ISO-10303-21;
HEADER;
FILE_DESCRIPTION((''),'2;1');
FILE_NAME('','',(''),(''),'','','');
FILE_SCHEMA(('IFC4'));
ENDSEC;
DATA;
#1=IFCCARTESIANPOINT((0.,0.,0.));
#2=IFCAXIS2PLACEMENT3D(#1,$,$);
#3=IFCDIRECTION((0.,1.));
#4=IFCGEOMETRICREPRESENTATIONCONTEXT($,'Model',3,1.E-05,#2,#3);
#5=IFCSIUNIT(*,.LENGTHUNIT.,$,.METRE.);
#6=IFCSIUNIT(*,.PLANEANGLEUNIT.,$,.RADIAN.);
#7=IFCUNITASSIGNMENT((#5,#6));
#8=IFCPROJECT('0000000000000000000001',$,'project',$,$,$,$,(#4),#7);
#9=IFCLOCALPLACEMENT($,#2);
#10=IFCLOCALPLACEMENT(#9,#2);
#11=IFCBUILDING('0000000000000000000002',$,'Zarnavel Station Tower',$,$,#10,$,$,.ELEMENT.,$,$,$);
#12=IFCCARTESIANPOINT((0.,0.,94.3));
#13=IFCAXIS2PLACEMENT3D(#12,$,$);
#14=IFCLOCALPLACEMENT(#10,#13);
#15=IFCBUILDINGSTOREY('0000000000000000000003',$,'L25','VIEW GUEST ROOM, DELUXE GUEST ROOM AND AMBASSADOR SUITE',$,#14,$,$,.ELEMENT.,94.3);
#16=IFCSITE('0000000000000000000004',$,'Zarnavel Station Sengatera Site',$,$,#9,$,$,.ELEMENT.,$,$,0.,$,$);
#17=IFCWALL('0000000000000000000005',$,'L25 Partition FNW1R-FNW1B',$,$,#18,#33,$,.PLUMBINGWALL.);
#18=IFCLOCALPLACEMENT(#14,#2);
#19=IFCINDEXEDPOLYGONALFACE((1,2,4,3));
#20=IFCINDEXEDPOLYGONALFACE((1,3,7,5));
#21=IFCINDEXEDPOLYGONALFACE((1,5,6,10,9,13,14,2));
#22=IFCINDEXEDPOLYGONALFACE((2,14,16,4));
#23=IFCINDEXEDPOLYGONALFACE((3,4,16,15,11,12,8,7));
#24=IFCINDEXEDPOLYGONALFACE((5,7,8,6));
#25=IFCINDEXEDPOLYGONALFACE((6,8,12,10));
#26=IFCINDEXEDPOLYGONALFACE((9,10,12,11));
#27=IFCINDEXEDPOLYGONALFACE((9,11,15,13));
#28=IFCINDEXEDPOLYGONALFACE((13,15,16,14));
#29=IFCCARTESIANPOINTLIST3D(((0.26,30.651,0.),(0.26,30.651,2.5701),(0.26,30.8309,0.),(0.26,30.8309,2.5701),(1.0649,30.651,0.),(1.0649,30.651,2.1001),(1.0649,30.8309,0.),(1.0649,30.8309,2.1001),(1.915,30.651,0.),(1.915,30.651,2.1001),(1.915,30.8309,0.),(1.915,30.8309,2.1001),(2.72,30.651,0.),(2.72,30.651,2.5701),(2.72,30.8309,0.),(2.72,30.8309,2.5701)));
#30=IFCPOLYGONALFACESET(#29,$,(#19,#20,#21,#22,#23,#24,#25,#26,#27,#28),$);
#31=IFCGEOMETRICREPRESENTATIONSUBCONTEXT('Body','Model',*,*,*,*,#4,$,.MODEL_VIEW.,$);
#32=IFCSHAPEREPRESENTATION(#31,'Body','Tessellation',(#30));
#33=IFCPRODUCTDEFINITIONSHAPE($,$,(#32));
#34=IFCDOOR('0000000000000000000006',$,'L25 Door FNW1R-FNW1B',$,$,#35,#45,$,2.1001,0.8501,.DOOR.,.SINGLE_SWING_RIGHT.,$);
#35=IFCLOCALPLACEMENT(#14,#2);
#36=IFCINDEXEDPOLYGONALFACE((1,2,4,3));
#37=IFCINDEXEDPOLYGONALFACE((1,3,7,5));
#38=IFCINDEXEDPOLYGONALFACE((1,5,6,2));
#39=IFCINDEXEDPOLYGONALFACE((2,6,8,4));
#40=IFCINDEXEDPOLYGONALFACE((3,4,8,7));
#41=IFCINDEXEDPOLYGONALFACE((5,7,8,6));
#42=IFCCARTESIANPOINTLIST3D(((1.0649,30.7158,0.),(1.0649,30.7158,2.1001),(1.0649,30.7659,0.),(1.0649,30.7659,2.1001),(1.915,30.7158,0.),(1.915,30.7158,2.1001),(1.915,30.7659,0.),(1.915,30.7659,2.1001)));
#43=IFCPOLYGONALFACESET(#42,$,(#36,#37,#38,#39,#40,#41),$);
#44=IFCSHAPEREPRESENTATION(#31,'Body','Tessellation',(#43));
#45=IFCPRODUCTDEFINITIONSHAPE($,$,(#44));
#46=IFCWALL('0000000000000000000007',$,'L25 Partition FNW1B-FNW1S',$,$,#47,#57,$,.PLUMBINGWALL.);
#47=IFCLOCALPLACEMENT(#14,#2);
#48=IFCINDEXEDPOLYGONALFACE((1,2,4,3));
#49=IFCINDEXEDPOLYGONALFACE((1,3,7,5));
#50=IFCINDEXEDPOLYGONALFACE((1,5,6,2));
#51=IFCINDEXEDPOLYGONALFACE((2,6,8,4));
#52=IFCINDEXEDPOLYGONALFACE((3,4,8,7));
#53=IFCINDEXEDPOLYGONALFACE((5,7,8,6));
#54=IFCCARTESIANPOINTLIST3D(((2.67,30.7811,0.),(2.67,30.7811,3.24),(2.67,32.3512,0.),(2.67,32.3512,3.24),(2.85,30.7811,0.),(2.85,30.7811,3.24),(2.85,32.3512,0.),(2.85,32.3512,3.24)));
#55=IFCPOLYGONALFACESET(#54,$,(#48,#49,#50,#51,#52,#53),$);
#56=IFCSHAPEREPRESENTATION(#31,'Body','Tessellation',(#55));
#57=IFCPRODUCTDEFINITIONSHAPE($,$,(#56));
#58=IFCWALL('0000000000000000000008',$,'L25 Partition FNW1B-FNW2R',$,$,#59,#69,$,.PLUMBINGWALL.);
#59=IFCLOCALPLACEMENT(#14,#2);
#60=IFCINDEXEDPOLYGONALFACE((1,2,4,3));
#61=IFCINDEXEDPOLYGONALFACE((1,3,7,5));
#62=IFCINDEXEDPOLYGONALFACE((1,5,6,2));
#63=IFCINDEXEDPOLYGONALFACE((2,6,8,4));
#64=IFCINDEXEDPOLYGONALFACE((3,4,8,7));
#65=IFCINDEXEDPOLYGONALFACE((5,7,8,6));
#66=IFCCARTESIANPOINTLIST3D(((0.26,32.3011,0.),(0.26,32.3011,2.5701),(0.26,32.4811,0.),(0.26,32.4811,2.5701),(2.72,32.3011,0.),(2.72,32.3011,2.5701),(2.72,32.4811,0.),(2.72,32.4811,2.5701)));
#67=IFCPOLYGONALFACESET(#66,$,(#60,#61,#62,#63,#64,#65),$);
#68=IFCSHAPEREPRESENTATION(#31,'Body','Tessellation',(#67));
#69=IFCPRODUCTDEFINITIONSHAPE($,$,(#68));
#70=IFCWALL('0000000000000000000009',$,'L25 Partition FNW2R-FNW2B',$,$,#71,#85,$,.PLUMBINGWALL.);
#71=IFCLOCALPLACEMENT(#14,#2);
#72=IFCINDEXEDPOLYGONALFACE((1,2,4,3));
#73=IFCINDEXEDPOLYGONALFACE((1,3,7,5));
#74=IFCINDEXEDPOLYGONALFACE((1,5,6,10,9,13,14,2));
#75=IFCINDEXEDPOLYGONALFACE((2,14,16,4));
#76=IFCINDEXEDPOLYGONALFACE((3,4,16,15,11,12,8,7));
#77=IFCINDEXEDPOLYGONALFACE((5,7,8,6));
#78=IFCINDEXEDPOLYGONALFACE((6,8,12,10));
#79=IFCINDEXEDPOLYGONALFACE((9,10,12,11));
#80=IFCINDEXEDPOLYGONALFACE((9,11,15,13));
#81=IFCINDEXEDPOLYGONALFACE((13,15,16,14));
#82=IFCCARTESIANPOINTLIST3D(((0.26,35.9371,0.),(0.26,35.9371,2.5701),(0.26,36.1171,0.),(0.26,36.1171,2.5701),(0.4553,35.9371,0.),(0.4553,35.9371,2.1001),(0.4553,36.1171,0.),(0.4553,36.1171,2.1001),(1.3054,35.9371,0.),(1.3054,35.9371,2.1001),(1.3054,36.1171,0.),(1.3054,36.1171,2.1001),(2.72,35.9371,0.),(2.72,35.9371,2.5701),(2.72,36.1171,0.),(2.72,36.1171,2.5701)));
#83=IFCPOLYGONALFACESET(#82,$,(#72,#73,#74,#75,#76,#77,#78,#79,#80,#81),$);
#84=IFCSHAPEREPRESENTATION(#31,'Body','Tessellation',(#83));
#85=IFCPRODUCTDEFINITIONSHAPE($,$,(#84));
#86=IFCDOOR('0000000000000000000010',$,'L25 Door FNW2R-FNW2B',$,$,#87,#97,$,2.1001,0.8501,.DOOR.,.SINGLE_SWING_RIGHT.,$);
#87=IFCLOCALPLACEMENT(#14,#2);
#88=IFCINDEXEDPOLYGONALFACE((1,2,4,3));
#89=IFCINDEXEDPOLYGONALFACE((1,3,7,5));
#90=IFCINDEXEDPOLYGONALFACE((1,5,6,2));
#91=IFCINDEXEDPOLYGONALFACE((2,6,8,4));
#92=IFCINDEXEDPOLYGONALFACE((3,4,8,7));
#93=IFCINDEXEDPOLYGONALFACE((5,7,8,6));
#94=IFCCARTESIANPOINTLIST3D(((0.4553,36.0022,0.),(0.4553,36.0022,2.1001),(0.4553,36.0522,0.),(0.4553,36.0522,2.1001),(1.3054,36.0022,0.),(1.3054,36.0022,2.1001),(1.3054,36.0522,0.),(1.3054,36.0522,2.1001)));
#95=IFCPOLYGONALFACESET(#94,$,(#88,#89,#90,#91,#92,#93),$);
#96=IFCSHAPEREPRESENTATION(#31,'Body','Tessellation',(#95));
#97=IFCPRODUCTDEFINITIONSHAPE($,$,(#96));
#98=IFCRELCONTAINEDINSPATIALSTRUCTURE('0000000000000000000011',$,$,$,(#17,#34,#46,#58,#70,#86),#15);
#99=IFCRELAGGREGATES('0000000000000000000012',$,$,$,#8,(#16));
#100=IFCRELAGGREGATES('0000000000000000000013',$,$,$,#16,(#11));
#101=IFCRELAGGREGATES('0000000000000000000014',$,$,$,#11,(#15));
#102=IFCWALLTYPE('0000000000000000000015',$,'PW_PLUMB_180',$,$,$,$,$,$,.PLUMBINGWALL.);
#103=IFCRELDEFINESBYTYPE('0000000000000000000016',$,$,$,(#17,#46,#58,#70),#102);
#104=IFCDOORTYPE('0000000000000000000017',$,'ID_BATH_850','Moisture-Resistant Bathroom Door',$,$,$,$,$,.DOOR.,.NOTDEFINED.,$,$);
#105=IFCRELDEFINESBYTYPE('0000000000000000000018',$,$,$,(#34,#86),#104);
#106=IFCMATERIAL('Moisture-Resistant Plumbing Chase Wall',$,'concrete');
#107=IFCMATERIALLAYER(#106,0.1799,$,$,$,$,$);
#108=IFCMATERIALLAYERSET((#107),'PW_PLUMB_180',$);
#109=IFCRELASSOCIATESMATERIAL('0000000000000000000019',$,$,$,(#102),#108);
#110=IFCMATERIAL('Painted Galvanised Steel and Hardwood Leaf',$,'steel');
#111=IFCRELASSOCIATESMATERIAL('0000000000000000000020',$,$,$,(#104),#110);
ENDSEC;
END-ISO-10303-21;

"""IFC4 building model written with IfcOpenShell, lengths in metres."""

from ifc_helpers import new_model, si_unit, direction, frame, frame_2d, origin, place, context, subcontext, project, spatial, rectangle, extrude, material, layer, layer_set, type_object, element, fill, save


model = new_model("IFC4")

# Units and contexts
model_context = context("Model", 3, precision=1e-05, world=origin(), true_north=direction((0.0, 1.0)))
body_context = subcontext(model_context, "Body", "Model", "MODEL_VIEW")
ifc_project = project(units=[si_unit("LENGTHUNIT", "METRE"), si_unit("PLANEANGLEUNIT", "RADIAN")], contexts=[model_context])

# Site, building, storey
site_placement = place(None, origin())
site = spatial("IfcSite", under=ifc_project, at=site_placement, Name="Zarnavel Station Sengatera Site", CompositionType="ELEMENT", RefElevation=0.0)
building_placement = place(site_placement, origin())
building = spatial("IfcBuilding", under=site, at=building_placement, Name="Zarnavel Station Tower", CompositionType="ELEMENT")
storey_placement = place(building_placement, frame((0.0, 0.0, 94.3)))
storey = spatial("IfcBuildingStorey", under=building, at=storey_placement, Name="L25", Description="VIEW GUEST ROOM, DELUXE GUEST ROOM AND AMBASSADOR SUITE", CompositionType="ELEMENT", Elevation=94.3)

# Wall, opening, door
ifc_material_1 = material(Name="Moisture-Resistant Plumbing Chase Wall", Category="concrete")
ifc_layer_1 = layer(ifc_material_1, 0.1799)
ifc_layer_set_1 = layer_set([ifc_layer_1], Name="PW_PLUMB_180")
wall_type_1 = type_object("IfcWallType", Name="PW_PLUMB_180", PredefinedType="PLUMBINGWALL", material=ifc_layer_set_1)
wall_1_placement = place(storey_placement, frame((0.26, 30.741, 0.0), z_axis=(0.0, 0.0, 1.0), x_axis=(1.0, 0.0, 0.0)))
wall_1 = element("IfcWall", 1, at=wall_1_placement, inside=storey, type_object=wall_type_1, Name="L25 Partition FNW1R-FNW1B", PredefinedType="PLUMBINGWALL", context=body_context, shape_type="SweptSolid", body=[
    extrude(rectangle(XDim=2.46, YDim=0.1799, at=frame_2d((1.23, 0.0))), origin(), (0.0, 0.0, 1.0), 2.5701),
])
opening_1_placement = place(wall_1_placement, frame((0.8049, 0.0, 0.0)))
opening_1 = element("IfcOpeningElement", 2, at=opening_1_placement, cuts=wall_1, PredefinedType="OPENING", context=body_context, shape_type="SweptSolid", body=[
    extrude(rectangle(XDim=0.8501, YDim=2.1001, at=frame_2d((0.425, 1.05))), frame((0.0, 0.0999, 0.0), z_axis=(0.0, -1.0, 0.0), x_axis=(1.0, 0.0, 0.0)), (0.0, 0.0, 1.0), 0.2),
])
ifc_material_2 = material(Name="Painted Galvanised Steel and Hardwood Leaf", Category="steel")
door_type_1 = type_object("IfcDoorType", Name="ID_BATH_850", Description="Moisture-Resistant Bathroom Door", OperationType="NOTDEFINED", PredefinedType="DOOR", material=ifc_material_2)
door_1_placement = place(opening_1_placement, origin())
door_1 = element("IfcDoor", 3, at=door_1_placement, inside=storey, type_object=door_type_1, Name="L25 Door FNW1R-FNW1B", OperationType="SINGLE_SWING_RIGHT", OverallHeight=2.1001, OverallWidth=0.8501, PredefinedType="DOOR", context=body_context, shape_type="SweptSolid", body=[
    extrude(rectangle(XDim=0.8501, YDim=2.1001, at=frame_2d((0.425, 1.05))), frame((0.0, 0.0249, 0.0), z_axis=(0.0, -1.0, 0.0), x_axis=(1.0, 0.0, 0.0)), (0.0, 0.0, 1.0), 0.05),
])
fill(opening_1, door_1)

# Walls
wall_2_placement = place(storey_placement, frame((2.76, 30.781, 0.0), z_axis=(0.0, 0.0, 1.0), x_axis=(0.0, 1.0, 0.0)))
element("IfcWall", 4, at=wall_2_placement, inside=storey, type_object=wall_type_1, Name="L25 Partition FNW1B-FNW1S", PredefinedType="PLUMBINGWALL", context=body_context, shape_type="SweptSolid", body=[
    extrude(rectangle(XDim=1.5701, YDim=0.1799, at=frame_2d((0.7852, 0.0))), origin(), (0.0, 0.0, 1.0), 3.24),
])
wall_3_placement = place(storey_placement, frame((0.26, 32.3911, 0.0), z_axis=(0.0, 0.0, 1.0), x_axis=(1.0, 0.0, 0.0)))
element("IfcWall", 5, at=wall_3_placement, inside=storey, type_object=wall_type_1, Name="L25 Partition FNW1B-FNW2R", PredefinedType="PLUMBINGWALL", context=body_context, shape_type="SweptSolid", body=[
    extrude(rectangle(XDim=2.46, YDim=0.1799, at=frame_2d((1.23, 0.0))), origin(), (0.0, 0.0, 1.0), 2.5701),
])

# Wall, opening, door
wall_4_placement = place(storey_placement, frame((2.72, 36.0271, 0.0), z_axis=(0.0, 0.0, 1.0), x_axis=(-1.0, 0.0, 0.0)))
wall_4 = element("IfcWall", 6, at=wall_4_placement, inside=storey, type_object=wall_type_1, Name="L25 Partition FNW2R-FNW2B", PredefinedType="PLUMBINGWALL", context=body_context, shape_type="SweptSolid", body=[
    extrude(rectangle(XDim=2.46, YDim=0.1799, at=frame_2d((1.23, 0.0))), origin(), (0.0, 0.0, 1.0), 2.5701),
])
opening_2_placement = place(wall_4_placement, frame((1.4146, 0.0, 0.0)))
opening_2 = element("IfcOpeningElement", 7, at=opening_2_placement, cuts=wall_4, PredefinedType="OPENING", context=body_context, shape_type="SweptSolid", body=[
    extrude(rectangle(XDim=0.8501, YDim=2.1001, at=frame_2d((0.425, 1.05))), frame((0.0, 0.0999, 0.0), z_axis=(0.0, -1.0, 0.0), x_axis=(1.0, 0.0, 0.0)), (0.0, 0.0, 1.0), 0.2),
])
door_2_placement = place(opening_2_placement, origin())
door_2 = element("IfcDoor", 8, at=door_2_placement, inside=storey, type_object=door_type_1, Name="L25 Door FNW2R-FNW2B", OperationType="SINGLE_SWING_RIGHT", OverallHeight=2.1001, OverallWidth=0.8501, PredefinedType="DOOR", context=body_context, shape_type="SweptSolid", body=[
    extrude(rectangle(XDim=0.8501, YDim=2.1001, at=frame_2d((0.425, 1.05))), frame((0.0, 0.0249, 0.0), z_axis=(0.0, -1.0, 0.0), x_axis=(1.0, 0.0, 0.0)), (0.0, 0.0, 1.0), 0.05),
])
fill(opening_2, door_2)

save(model, "model.ifc")
